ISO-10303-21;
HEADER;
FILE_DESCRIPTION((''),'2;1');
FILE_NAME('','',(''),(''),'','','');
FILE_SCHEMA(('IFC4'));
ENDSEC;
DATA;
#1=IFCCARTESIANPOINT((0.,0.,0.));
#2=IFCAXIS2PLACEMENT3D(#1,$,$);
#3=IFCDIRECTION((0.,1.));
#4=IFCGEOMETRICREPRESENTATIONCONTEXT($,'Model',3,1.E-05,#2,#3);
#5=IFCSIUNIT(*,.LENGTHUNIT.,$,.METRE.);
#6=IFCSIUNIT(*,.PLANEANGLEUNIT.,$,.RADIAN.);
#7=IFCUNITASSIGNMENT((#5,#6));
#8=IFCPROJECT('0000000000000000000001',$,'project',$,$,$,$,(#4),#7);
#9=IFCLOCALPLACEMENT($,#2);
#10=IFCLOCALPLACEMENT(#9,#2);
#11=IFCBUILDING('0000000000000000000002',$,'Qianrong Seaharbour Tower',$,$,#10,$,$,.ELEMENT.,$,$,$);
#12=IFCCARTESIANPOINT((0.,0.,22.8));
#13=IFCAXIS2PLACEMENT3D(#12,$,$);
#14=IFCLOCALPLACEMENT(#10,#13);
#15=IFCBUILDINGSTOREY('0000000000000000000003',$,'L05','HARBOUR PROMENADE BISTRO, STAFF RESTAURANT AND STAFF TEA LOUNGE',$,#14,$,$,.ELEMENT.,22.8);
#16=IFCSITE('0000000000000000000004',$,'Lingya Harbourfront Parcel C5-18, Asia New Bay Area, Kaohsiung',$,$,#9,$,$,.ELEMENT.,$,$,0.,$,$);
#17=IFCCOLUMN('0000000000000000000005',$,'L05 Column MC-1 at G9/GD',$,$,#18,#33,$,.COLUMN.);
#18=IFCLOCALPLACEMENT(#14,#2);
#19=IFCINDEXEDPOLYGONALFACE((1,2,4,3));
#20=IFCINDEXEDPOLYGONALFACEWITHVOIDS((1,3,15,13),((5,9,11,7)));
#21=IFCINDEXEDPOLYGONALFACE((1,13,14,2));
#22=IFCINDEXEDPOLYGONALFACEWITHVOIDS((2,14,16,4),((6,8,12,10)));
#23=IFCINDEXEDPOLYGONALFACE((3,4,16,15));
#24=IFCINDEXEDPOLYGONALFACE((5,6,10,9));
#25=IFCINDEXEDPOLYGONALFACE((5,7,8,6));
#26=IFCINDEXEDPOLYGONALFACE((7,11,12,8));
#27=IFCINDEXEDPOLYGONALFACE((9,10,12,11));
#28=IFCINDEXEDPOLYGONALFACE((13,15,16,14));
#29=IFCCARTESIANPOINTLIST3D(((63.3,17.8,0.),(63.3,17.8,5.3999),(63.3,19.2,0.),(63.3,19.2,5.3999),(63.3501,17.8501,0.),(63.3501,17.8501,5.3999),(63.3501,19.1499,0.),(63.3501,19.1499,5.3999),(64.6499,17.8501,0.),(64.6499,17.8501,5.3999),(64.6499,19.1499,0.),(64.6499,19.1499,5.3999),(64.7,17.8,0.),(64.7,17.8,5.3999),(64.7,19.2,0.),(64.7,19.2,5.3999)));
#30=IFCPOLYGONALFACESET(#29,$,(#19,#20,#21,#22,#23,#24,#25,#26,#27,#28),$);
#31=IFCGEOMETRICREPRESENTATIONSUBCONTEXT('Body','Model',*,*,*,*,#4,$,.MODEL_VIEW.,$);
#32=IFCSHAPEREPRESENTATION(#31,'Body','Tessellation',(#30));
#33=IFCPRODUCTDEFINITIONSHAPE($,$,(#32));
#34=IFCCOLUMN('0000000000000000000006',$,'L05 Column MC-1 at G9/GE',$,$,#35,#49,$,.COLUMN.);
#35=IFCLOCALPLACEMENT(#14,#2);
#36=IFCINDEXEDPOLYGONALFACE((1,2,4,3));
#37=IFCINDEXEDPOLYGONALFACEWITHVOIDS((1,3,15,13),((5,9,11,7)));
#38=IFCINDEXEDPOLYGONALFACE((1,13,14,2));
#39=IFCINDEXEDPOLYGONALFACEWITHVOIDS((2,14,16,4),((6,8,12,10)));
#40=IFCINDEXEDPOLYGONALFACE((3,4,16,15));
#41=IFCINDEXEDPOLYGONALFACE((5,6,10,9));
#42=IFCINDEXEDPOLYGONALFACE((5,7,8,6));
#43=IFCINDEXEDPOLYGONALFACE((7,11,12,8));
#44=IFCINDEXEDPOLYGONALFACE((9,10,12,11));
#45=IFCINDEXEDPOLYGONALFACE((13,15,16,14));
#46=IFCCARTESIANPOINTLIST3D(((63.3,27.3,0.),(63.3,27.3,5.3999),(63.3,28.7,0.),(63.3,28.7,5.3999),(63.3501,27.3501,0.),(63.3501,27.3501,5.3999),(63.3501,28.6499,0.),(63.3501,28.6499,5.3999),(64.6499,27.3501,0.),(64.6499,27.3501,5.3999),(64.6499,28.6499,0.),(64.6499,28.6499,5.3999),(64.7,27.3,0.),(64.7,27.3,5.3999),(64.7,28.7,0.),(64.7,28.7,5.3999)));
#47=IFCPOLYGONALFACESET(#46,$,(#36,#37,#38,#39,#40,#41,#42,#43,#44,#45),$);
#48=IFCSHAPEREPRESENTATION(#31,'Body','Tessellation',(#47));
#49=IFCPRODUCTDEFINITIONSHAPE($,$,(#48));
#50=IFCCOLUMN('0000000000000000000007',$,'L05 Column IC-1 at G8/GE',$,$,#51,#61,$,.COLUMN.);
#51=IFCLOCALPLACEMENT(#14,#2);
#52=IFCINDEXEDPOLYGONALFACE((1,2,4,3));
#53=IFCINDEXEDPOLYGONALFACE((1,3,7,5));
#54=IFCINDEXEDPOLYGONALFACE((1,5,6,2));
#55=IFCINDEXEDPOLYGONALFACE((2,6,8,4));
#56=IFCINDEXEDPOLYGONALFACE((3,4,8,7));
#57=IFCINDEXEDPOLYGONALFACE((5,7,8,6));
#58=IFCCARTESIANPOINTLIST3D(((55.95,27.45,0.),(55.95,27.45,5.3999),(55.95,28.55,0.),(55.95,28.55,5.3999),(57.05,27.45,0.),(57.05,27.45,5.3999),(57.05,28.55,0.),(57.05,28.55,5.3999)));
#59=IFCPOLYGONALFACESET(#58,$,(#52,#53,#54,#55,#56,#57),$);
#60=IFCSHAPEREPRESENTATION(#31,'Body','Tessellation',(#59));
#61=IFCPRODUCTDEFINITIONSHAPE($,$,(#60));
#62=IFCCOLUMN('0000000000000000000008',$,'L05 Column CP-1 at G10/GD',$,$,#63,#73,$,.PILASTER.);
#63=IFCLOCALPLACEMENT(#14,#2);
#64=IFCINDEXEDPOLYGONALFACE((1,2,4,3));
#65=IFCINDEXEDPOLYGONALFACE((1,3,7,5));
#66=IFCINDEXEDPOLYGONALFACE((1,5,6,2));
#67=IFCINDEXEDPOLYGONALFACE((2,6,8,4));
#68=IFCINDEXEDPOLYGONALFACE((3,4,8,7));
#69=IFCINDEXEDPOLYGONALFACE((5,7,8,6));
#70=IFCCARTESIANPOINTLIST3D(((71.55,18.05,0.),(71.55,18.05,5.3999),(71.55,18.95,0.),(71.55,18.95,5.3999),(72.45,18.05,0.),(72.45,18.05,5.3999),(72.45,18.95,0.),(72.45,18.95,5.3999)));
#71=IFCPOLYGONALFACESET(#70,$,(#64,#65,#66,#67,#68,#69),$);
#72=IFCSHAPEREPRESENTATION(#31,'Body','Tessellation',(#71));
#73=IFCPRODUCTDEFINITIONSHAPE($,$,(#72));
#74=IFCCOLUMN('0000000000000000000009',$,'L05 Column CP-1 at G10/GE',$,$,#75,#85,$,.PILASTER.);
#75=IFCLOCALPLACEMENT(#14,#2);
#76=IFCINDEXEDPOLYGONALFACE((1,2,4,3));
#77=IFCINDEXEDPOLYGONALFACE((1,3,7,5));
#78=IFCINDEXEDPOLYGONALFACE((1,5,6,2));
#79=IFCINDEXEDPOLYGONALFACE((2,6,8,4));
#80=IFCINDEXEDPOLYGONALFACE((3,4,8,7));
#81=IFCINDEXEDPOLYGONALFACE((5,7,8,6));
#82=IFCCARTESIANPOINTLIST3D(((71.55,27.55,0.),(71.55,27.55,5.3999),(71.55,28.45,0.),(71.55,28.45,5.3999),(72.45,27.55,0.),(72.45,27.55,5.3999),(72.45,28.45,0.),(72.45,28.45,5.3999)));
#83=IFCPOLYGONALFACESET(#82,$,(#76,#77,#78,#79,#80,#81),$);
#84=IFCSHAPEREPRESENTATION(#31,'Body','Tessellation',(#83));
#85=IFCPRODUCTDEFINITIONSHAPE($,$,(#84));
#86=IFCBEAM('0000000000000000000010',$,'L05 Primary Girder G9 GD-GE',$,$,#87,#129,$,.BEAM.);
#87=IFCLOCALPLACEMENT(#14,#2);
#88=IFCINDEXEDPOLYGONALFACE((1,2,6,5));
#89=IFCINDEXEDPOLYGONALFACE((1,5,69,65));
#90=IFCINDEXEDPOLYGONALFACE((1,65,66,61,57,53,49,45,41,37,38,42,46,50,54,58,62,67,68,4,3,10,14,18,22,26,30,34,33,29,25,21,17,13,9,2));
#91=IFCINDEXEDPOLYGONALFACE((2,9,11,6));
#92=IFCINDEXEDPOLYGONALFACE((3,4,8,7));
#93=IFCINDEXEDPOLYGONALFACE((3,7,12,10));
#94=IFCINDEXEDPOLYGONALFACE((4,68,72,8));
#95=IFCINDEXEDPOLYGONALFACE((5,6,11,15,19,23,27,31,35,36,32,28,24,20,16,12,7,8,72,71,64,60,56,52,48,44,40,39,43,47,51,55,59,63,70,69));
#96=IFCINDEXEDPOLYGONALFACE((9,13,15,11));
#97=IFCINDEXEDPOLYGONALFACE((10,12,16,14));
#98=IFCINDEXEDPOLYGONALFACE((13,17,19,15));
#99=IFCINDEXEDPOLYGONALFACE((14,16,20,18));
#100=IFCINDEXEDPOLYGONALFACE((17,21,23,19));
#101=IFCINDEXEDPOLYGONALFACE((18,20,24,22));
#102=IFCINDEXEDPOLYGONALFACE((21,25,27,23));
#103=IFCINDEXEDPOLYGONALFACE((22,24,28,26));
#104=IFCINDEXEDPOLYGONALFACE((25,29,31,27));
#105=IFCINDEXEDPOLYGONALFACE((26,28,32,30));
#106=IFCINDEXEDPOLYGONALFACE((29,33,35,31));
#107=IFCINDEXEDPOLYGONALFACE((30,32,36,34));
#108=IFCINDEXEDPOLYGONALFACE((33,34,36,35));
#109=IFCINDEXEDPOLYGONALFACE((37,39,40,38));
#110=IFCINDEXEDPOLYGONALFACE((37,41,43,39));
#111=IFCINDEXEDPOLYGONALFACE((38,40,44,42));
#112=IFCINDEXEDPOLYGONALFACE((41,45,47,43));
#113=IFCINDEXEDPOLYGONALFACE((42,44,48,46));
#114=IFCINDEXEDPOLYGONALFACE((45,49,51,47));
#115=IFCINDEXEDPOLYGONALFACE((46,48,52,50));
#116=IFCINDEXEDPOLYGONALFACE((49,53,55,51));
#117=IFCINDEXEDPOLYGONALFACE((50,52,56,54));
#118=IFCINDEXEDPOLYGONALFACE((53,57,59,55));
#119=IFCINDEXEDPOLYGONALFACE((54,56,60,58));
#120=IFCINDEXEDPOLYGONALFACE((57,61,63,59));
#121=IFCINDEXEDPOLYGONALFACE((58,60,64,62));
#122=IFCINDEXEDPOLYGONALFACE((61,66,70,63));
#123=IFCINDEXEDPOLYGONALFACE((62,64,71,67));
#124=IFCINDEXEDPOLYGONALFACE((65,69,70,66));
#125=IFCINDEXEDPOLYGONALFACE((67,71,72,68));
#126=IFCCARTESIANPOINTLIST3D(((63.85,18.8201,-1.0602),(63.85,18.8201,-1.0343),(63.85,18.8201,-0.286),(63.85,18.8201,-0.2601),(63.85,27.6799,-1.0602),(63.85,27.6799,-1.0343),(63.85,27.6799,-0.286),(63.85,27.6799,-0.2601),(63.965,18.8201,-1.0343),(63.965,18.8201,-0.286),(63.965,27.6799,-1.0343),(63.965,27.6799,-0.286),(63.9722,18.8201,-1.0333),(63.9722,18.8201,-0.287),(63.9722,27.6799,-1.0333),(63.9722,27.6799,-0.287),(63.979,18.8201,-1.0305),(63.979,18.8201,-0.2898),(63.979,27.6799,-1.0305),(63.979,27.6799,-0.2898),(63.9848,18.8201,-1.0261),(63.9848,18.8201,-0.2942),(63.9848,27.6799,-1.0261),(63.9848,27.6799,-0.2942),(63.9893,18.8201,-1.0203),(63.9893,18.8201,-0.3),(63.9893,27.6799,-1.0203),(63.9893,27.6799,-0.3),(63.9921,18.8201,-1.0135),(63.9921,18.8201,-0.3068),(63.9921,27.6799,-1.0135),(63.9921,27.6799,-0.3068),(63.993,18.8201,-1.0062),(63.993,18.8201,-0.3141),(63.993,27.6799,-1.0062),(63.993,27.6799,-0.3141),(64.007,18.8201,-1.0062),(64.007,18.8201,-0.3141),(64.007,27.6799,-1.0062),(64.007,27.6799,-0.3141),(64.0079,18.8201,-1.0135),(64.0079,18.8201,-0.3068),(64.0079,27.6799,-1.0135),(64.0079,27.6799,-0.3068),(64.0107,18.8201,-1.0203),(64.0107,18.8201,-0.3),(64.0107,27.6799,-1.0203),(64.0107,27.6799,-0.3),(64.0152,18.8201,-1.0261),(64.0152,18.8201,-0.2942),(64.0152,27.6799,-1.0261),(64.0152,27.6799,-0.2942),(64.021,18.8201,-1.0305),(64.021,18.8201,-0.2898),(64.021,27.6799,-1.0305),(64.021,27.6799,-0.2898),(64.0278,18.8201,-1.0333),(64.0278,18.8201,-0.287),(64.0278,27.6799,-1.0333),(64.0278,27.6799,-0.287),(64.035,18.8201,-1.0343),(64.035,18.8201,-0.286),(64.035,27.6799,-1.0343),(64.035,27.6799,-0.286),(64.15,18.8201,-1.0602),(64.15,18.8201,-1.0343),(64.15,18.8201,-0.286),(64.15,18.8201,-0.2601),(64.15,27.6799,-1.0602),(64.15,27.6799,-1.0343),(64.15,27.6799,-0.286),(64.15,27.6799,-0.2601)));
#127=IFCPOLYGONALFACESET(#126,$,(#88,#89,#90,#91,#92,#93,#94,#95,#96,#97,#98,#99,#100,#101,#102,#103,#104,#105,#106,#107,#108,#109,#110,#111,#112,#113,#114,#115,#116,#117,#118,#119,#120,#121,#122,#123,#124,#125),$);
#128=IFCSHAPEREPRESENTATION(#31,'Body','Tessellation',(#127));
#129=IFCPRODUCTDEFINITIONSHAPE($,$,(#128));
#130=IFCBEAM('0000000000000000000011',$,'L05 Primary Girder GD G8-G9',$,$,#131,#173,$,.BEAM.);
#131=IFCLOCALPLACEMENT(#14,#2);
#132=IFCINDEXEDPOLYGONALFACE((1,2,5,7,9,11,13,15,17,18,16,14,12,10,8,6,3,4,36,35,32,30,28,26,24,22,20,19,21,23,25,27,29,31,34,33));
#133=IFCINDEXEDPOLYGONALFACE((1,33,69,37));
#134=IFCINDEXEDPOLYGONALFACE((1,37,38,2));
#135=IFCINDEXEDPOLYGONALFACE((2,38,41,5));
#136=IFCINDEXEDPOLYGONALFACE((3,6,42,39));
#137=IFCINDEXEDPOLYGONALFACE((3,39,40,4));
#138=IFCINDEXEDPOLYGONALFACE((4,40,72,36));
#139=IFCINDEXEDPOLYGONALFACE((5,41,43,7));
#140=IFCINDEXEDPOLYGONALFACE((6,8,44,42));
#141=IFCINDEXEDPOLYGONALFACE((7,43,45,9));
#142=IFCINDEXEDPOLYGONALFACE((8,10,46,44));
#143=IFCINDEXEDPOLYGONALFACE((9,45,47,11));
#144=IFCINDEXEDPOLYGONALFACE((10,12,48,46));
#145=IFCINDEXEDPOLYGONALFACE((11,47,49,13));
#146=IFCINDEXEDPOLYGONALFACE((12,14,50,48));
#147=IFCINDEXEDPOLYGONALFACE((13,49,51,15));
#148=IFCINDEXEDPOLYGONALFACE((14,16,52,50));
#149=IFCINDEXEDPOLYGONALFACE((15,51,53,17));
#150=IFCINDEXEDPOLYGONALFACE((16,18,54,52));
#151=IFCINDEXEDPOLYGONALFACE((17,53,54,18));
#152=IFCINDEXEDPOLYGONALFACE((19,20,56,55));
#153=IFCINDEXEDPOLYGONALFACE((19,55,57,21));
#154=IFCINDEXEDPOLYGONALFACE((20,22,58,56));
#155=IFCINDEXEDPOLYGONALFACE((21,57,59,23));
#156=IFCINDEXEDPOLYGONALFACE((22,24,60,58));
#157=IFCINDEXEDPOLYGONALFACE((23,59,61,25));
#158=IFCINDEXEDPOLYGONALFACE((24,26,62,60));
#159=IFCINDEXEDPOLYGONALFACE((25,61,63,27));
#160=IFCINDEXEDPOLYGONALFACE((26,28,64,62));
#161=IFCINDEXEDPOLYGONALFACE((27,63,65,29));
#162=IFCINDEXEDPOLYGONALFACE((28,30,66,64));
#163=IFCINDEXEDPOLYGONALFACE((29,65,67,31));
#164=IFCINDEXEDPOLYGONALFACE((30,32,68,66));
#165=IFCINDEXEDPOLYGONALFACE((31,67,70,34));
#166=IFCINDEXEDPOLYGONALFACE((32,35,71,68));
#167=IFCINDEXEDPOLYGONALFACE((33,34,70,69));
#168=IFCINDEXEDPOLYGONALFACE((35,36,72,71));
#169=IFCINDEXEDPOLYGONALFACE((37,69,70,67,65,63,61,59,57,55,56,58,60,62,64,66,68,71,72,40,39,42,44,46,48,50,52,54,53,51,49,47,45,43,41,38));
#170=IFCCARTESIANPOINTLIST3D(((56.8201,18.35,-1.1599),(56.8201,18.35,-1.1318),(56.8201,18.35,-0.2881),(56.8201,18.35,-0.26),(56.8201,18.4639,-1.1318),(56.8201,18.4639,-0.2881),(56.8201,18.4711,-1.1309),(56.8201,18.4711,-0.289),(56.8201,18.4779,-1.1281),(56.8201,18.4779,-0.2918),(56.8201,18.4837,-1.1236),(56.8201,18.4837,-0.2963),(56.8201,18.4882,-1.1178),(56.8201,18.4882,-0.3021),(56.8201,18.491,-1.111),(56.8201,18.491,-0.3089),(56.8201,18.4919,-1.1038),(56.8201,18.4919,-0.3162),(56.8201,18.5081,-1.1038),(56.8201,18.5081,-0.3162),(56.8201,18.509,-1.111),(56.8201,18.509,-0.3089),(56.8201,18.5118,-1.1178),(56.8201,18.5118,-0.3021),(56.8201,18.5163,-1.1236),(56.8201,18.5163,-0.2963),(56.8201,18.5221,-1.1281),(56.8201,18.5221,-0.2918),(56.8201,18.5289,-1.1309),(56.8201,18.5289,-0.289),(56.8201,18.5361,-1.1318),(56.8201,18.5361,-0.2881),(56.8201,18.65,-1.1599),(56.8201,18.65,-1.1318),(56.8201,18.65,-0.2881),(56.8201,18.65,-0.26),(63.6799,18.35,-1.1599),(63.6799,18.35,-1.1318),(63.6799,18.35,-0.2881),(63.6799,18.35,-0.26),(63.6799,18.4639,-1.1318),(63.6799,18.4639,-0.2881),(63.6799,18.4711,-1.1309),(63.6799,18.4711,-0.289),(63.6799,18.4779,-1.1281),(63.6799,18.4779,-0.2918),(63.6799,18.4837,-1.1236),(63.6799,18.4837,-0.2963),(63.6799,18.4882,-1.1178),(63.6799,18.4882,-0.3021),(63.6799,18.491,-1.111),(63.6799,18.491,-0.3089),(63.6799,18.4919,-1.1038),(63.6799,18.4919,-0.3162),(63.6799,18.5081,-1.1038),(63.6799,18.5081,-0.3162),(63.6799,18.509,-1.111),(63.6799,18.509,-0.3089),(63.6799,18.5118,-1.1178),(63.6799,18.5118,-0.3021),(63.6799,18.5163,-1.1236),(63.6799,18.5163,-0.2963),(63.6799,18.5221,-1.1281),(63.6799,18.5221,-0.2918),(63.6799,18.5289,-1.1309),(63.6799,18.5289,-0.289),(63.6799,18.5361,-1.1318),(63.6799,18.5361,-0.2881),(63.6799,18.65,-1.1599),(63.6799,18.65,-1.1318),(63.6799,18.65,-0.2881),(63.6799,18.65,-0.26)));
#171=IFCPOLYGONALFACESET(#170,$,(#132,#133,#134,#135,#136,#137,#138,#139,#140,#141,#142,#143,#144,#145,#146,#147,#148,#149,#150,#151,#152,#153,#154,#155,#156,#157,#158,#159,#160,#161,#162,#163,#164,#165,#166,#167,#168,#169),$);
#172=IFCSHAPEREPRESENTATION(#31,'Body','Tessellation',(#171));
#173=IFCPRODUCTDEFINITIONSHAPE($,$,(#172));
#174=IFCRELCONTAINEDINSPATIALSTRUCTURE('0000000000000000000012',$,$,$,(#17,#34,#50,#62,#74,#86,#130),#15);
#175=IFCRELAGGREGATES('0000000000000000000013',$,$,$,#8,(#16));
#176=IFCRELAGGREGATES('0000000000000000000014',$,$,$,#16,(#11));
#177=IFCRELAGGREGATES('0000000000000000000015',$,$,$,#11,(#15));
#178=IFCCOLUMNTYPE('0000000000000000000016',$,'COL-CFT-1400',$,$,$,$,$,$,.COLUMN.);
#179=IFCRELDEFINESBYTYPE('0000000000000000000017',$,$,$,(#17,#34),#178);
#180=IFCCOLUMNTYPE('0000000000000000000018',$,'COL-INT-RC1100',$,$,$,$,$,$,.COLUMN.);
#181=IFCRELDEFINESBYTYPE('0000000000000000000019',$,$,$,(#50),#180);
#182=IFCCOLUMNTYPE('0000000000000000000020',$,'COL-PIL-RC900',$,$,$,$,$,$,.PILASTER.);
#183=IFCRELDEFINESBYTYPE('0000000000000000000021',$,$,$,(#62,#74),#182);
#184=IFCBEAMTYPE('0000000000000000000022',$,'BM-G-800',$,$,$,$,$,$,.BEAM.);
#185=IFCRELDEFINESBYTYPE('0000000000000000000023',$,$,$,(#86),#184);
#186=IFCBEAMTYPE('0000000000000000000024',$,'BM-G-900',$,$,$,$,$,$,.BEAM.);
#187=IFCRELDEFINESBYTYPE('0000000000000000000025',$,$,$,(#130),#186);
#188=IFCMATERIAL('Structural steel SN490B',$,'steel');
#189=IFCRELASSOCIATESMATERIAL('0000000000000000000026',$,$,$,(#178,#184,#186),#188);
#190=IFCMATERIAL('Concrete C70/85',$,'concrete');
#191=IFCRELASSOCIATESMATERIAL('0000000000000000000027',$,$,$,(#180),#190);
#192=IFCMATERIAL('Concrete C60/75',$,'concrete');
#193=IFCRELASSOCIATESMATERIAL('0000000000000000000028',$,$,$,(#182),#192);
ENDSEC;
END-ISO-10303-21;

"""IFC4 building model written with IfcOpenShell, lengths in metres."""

from ifc_helpers import new_model, si_unit, direction, frame, origin, origin_2d, place, context, subcontext, project, spatial, rectangle, hollow_rectangle, i_section, extrude, material, material_profile, profile_set, type_object, element, save


model = new_model("IFC4")

# Units and contexts
model_context = context("Model", 3, precision=1e-05, world=origin(), true_north=direction((0.0, 1.0)))
body_context = subcontext(model_context, "Body", "Model", "MODEL_VIEW")
ifc_project = project(units=[si_unit("LENGTHUNIT", "METRE"), si_unit("PLANEANGLEUNIT", "RADIAN")], contexts=[model_context])

# Site, building, storey
site_placement = place(None, origin())
site = spatial("IfcSite", under=ifc_project, at=site_placement, Name="Lingya Harbourfront Parcel C5-18, Asia New Bay Area, Kaohsiung", CompositionType="ELEMENT", RefElevation=0.0)
building_placement = place(site_placement, origin())
building = spatial("IfcBuilding", under=site, at=building_placement, Name="Qianrong Seaharbour Tower", CompositionType="ELEMENT")
storey_placement = place(building_placement, frame((0.0, 0.0, 22.8)))
storey = spatial("IfcBuildingStorey", under=building, at=storey_placement, Name="L05", Description="HARBOUR PROMENADE BISTRO, STAFF RESTAURANT AND STAFF TEA LOUNGE", CompositionType="ELEMENT", Elevation=22.8)

# Columns
ifc_material_1 = material(Name="Structural steel SN490B", Category="steel")
ifc_material_profile_1 = material_profile(ifc_material_1, hollow_rectangle(XDim=1.3999, YDim=1.3999, WallThickness=0.05, at=origin_2d()), Name="BOX1400x1400x50")
ifc_profile_set_1 = profile_set([ifc_material_profile_1], Name="Structural steel SN490B")
column_type_1 = type_object("IfcColumnType", Name="COL-CFT-1400", PredefinedType="COLUMN", material=ifc_profile_set_1)
for number, where, z_axis, x_axis, name in (
    (1, (64.0, 18.5, 0.0), (0.0, 0.0, 1.0), (1.0, 0.0, 0.0), "L05 Column MC-1 at G9/GD"),
    (2, (64.0, 28.0, 0.0), (0.0, 0.0, 1.0), (1.0, 0.0, 0.0), "L05 Column MC-1 at G9/GE"),
):
    element("IfcColumn", number, at=place(storey_placement, frame(where, z_axis=z_axis, x_axis=x_axis)), inside=storey, type_object=column_type_1, Name=name, PredefinedType="COLUMN", context=body_context, shape_type="SweptSolid", body=[
        extrude(hollow_rectangle(XDim=1.3999, YDim=1.3999, WallThickness=0.05, at=origin_2d()), origin(), (0.0, 0.0, 1.0), 5.3999),
    ])
ifc_material_2 = material(Name="Concrete C70/85", Category="concrete")
ifc_material_profile_2 = material_profile(ifc_material_2, rectangle(XDim=1.1001, YDim=1.1001, at=origin_2d()), Name="RC1100x1100")
ifc_profile_set_2 = profile_set([ifc_material_profile_2], Name="Concrete C70/85")
column_type_2 = type_object("IfcColumnType", Name="COL-INT-RC1100", PredefinedType="COLUMN", material=ifc_profile_set_2)
column_placement = place(storey_placement, frame((56.5, 28.0, 0.0), z_axis=(0.0, 0.0, 1.0), x_axis=(1.0, 0.0, 0.0)))
element("IfcColumn", 3, at=column_placement, inside=storey, type_object=column_type_2, Name="L05 Column IC-1 at G8/GE", PredefinedType="COLUMN", context=body_context, shape_type="SweptSolid", body=[
    extrude(rectangle(XDim=1.1001, YDim=1.1001, at=origin_2d()), origin(), (0.0, 0.0, 1.0), 5.3999),
])
ifc_material_3 = material(Name="Concrete C60/75", Category="concrete")
ifc_material_profile_3 = material_profile(ifc_material_3, rectangle(XDim=0.8999, YDim=0.8999, at=origin_2d()), Name="RC900x900")
ifc_profile_set_3 = profile_set([ifc_material_profile_3], Name="Concrete C60/75")
column_type_3 = type_object("IfcColumnType", Name="COL-PIL-RC900", PredefinedType="PILASTER", material=ifc_profile_set_3)
for number, where, z_axis, x_axis, name in (
    (4, (72.0, 18.5, 0.0), (0.0, 0.0, 1.0), (1.0, 0.0, 0.0), "L05 Column CP-1 at G10/GD"),
    (5, (72.0, 28.0, 0.0), (0.0, 0.0, 1.0), (1.0, 0.0, 0.0), "L05 Column CP-1 at G10/GE"),
):
    element("IfcColumn", number, at=place(storey_placement, frame(where, z_axis=z_axis, x_axis=x_axis)), inside=storey, type_object=column_type_3, Name=name, PredefinedType="PILASTER", context=body_context, shape_type="SweptSolid", body=[
        extrude(rectangle(XDim=0.8999, YDim=0.8999, at=origin_2d()), origin(), (0.0, 0.0, 1.0), 5.3999),
    ])

# Beams
ifc_material_profile_4 = material_profile(ifc_material_1, i_section(OverallWidth=0.3, OverallDepth=0.8, WebThickness=0.0139, FlangeThickness=0.0259, FilletRadius=0.0281, at=origin_2d()), Name="H800x300x14x26")
ifc_profile_set_4 = profile_set([ifc_material_profile_4], Name="Structural steel SN490B")
beam_type_1 = type_object("IfcBeamType", Name="BM-G-800", PredefinedType="BEAM", material=ifc_profile_set_4)
beam_1_placement = place(storey_placement, frame((64.0, 18.8201, -0.6602), z_axis=(0.0, 1.0, 0.0), x_axis=(-1.0, 0.0, 0.0)))
element("IfcBeam", 6, at=beam_1_placement, inside=storey, type_object=beam_type_1, Name="L05 Primary Girder G9 GD-GE", PredefinedType="BEAM", context=body_context, shape_type="SweptSolid", body=[
    extrude(i_section(OverallWidth=0.3, OverallDepth=0.8, WebThickness=0.0139, FlangeThickness=0.0259, FilletRadius=0.0281, at=origin_2d()), origin(), (0.0, 0.0, 1.0), 8.8599),
])
ifc_material_profile_5 = material_profile(ifc_material_1, i_section(OverallWidth=0.3, OverallDepth=0.8999, WebThickness=0.0161, FlangeThickness=0.0281, FilletRadius=0.0281, at=origin_2d()), Name="H900x300x16x28")
ifc_profile_set_5 = profile_set([ifc_material_profile_5], Name="Structural steel SN490B")
beam_type_2 = type_object("IfcBeamType", Name="BM-G-900", PredefinedType="BEAM", material=ifc_profile_set_5)
beam_2_placement = place(storey_placement, frame((56.8201, 18.5, -0.71), z_axis=(1.0, 0.0, 0.0), x_axis=(0.0, 1.0, 0.0)))
element("IfcBeam", 7, at=beam_2_placement, inside=storey, type_object=beam_type_2, Name="L05 Primary Girder GD G8-G9", PredefinedType="BEAM", context=body_context, shape_type="SweptSolid", body=[
    extrude(i_section(OverallWidth=0.3, OverallDepth=0.8999, WebThickness=0.0161, FlangeThickness=0.0281, FilletRadius=0.0281, at=origin_2d()), origin(), (0.0, 0.0, 1.0), 6.8599),
])

save(model, "model.ifc")
